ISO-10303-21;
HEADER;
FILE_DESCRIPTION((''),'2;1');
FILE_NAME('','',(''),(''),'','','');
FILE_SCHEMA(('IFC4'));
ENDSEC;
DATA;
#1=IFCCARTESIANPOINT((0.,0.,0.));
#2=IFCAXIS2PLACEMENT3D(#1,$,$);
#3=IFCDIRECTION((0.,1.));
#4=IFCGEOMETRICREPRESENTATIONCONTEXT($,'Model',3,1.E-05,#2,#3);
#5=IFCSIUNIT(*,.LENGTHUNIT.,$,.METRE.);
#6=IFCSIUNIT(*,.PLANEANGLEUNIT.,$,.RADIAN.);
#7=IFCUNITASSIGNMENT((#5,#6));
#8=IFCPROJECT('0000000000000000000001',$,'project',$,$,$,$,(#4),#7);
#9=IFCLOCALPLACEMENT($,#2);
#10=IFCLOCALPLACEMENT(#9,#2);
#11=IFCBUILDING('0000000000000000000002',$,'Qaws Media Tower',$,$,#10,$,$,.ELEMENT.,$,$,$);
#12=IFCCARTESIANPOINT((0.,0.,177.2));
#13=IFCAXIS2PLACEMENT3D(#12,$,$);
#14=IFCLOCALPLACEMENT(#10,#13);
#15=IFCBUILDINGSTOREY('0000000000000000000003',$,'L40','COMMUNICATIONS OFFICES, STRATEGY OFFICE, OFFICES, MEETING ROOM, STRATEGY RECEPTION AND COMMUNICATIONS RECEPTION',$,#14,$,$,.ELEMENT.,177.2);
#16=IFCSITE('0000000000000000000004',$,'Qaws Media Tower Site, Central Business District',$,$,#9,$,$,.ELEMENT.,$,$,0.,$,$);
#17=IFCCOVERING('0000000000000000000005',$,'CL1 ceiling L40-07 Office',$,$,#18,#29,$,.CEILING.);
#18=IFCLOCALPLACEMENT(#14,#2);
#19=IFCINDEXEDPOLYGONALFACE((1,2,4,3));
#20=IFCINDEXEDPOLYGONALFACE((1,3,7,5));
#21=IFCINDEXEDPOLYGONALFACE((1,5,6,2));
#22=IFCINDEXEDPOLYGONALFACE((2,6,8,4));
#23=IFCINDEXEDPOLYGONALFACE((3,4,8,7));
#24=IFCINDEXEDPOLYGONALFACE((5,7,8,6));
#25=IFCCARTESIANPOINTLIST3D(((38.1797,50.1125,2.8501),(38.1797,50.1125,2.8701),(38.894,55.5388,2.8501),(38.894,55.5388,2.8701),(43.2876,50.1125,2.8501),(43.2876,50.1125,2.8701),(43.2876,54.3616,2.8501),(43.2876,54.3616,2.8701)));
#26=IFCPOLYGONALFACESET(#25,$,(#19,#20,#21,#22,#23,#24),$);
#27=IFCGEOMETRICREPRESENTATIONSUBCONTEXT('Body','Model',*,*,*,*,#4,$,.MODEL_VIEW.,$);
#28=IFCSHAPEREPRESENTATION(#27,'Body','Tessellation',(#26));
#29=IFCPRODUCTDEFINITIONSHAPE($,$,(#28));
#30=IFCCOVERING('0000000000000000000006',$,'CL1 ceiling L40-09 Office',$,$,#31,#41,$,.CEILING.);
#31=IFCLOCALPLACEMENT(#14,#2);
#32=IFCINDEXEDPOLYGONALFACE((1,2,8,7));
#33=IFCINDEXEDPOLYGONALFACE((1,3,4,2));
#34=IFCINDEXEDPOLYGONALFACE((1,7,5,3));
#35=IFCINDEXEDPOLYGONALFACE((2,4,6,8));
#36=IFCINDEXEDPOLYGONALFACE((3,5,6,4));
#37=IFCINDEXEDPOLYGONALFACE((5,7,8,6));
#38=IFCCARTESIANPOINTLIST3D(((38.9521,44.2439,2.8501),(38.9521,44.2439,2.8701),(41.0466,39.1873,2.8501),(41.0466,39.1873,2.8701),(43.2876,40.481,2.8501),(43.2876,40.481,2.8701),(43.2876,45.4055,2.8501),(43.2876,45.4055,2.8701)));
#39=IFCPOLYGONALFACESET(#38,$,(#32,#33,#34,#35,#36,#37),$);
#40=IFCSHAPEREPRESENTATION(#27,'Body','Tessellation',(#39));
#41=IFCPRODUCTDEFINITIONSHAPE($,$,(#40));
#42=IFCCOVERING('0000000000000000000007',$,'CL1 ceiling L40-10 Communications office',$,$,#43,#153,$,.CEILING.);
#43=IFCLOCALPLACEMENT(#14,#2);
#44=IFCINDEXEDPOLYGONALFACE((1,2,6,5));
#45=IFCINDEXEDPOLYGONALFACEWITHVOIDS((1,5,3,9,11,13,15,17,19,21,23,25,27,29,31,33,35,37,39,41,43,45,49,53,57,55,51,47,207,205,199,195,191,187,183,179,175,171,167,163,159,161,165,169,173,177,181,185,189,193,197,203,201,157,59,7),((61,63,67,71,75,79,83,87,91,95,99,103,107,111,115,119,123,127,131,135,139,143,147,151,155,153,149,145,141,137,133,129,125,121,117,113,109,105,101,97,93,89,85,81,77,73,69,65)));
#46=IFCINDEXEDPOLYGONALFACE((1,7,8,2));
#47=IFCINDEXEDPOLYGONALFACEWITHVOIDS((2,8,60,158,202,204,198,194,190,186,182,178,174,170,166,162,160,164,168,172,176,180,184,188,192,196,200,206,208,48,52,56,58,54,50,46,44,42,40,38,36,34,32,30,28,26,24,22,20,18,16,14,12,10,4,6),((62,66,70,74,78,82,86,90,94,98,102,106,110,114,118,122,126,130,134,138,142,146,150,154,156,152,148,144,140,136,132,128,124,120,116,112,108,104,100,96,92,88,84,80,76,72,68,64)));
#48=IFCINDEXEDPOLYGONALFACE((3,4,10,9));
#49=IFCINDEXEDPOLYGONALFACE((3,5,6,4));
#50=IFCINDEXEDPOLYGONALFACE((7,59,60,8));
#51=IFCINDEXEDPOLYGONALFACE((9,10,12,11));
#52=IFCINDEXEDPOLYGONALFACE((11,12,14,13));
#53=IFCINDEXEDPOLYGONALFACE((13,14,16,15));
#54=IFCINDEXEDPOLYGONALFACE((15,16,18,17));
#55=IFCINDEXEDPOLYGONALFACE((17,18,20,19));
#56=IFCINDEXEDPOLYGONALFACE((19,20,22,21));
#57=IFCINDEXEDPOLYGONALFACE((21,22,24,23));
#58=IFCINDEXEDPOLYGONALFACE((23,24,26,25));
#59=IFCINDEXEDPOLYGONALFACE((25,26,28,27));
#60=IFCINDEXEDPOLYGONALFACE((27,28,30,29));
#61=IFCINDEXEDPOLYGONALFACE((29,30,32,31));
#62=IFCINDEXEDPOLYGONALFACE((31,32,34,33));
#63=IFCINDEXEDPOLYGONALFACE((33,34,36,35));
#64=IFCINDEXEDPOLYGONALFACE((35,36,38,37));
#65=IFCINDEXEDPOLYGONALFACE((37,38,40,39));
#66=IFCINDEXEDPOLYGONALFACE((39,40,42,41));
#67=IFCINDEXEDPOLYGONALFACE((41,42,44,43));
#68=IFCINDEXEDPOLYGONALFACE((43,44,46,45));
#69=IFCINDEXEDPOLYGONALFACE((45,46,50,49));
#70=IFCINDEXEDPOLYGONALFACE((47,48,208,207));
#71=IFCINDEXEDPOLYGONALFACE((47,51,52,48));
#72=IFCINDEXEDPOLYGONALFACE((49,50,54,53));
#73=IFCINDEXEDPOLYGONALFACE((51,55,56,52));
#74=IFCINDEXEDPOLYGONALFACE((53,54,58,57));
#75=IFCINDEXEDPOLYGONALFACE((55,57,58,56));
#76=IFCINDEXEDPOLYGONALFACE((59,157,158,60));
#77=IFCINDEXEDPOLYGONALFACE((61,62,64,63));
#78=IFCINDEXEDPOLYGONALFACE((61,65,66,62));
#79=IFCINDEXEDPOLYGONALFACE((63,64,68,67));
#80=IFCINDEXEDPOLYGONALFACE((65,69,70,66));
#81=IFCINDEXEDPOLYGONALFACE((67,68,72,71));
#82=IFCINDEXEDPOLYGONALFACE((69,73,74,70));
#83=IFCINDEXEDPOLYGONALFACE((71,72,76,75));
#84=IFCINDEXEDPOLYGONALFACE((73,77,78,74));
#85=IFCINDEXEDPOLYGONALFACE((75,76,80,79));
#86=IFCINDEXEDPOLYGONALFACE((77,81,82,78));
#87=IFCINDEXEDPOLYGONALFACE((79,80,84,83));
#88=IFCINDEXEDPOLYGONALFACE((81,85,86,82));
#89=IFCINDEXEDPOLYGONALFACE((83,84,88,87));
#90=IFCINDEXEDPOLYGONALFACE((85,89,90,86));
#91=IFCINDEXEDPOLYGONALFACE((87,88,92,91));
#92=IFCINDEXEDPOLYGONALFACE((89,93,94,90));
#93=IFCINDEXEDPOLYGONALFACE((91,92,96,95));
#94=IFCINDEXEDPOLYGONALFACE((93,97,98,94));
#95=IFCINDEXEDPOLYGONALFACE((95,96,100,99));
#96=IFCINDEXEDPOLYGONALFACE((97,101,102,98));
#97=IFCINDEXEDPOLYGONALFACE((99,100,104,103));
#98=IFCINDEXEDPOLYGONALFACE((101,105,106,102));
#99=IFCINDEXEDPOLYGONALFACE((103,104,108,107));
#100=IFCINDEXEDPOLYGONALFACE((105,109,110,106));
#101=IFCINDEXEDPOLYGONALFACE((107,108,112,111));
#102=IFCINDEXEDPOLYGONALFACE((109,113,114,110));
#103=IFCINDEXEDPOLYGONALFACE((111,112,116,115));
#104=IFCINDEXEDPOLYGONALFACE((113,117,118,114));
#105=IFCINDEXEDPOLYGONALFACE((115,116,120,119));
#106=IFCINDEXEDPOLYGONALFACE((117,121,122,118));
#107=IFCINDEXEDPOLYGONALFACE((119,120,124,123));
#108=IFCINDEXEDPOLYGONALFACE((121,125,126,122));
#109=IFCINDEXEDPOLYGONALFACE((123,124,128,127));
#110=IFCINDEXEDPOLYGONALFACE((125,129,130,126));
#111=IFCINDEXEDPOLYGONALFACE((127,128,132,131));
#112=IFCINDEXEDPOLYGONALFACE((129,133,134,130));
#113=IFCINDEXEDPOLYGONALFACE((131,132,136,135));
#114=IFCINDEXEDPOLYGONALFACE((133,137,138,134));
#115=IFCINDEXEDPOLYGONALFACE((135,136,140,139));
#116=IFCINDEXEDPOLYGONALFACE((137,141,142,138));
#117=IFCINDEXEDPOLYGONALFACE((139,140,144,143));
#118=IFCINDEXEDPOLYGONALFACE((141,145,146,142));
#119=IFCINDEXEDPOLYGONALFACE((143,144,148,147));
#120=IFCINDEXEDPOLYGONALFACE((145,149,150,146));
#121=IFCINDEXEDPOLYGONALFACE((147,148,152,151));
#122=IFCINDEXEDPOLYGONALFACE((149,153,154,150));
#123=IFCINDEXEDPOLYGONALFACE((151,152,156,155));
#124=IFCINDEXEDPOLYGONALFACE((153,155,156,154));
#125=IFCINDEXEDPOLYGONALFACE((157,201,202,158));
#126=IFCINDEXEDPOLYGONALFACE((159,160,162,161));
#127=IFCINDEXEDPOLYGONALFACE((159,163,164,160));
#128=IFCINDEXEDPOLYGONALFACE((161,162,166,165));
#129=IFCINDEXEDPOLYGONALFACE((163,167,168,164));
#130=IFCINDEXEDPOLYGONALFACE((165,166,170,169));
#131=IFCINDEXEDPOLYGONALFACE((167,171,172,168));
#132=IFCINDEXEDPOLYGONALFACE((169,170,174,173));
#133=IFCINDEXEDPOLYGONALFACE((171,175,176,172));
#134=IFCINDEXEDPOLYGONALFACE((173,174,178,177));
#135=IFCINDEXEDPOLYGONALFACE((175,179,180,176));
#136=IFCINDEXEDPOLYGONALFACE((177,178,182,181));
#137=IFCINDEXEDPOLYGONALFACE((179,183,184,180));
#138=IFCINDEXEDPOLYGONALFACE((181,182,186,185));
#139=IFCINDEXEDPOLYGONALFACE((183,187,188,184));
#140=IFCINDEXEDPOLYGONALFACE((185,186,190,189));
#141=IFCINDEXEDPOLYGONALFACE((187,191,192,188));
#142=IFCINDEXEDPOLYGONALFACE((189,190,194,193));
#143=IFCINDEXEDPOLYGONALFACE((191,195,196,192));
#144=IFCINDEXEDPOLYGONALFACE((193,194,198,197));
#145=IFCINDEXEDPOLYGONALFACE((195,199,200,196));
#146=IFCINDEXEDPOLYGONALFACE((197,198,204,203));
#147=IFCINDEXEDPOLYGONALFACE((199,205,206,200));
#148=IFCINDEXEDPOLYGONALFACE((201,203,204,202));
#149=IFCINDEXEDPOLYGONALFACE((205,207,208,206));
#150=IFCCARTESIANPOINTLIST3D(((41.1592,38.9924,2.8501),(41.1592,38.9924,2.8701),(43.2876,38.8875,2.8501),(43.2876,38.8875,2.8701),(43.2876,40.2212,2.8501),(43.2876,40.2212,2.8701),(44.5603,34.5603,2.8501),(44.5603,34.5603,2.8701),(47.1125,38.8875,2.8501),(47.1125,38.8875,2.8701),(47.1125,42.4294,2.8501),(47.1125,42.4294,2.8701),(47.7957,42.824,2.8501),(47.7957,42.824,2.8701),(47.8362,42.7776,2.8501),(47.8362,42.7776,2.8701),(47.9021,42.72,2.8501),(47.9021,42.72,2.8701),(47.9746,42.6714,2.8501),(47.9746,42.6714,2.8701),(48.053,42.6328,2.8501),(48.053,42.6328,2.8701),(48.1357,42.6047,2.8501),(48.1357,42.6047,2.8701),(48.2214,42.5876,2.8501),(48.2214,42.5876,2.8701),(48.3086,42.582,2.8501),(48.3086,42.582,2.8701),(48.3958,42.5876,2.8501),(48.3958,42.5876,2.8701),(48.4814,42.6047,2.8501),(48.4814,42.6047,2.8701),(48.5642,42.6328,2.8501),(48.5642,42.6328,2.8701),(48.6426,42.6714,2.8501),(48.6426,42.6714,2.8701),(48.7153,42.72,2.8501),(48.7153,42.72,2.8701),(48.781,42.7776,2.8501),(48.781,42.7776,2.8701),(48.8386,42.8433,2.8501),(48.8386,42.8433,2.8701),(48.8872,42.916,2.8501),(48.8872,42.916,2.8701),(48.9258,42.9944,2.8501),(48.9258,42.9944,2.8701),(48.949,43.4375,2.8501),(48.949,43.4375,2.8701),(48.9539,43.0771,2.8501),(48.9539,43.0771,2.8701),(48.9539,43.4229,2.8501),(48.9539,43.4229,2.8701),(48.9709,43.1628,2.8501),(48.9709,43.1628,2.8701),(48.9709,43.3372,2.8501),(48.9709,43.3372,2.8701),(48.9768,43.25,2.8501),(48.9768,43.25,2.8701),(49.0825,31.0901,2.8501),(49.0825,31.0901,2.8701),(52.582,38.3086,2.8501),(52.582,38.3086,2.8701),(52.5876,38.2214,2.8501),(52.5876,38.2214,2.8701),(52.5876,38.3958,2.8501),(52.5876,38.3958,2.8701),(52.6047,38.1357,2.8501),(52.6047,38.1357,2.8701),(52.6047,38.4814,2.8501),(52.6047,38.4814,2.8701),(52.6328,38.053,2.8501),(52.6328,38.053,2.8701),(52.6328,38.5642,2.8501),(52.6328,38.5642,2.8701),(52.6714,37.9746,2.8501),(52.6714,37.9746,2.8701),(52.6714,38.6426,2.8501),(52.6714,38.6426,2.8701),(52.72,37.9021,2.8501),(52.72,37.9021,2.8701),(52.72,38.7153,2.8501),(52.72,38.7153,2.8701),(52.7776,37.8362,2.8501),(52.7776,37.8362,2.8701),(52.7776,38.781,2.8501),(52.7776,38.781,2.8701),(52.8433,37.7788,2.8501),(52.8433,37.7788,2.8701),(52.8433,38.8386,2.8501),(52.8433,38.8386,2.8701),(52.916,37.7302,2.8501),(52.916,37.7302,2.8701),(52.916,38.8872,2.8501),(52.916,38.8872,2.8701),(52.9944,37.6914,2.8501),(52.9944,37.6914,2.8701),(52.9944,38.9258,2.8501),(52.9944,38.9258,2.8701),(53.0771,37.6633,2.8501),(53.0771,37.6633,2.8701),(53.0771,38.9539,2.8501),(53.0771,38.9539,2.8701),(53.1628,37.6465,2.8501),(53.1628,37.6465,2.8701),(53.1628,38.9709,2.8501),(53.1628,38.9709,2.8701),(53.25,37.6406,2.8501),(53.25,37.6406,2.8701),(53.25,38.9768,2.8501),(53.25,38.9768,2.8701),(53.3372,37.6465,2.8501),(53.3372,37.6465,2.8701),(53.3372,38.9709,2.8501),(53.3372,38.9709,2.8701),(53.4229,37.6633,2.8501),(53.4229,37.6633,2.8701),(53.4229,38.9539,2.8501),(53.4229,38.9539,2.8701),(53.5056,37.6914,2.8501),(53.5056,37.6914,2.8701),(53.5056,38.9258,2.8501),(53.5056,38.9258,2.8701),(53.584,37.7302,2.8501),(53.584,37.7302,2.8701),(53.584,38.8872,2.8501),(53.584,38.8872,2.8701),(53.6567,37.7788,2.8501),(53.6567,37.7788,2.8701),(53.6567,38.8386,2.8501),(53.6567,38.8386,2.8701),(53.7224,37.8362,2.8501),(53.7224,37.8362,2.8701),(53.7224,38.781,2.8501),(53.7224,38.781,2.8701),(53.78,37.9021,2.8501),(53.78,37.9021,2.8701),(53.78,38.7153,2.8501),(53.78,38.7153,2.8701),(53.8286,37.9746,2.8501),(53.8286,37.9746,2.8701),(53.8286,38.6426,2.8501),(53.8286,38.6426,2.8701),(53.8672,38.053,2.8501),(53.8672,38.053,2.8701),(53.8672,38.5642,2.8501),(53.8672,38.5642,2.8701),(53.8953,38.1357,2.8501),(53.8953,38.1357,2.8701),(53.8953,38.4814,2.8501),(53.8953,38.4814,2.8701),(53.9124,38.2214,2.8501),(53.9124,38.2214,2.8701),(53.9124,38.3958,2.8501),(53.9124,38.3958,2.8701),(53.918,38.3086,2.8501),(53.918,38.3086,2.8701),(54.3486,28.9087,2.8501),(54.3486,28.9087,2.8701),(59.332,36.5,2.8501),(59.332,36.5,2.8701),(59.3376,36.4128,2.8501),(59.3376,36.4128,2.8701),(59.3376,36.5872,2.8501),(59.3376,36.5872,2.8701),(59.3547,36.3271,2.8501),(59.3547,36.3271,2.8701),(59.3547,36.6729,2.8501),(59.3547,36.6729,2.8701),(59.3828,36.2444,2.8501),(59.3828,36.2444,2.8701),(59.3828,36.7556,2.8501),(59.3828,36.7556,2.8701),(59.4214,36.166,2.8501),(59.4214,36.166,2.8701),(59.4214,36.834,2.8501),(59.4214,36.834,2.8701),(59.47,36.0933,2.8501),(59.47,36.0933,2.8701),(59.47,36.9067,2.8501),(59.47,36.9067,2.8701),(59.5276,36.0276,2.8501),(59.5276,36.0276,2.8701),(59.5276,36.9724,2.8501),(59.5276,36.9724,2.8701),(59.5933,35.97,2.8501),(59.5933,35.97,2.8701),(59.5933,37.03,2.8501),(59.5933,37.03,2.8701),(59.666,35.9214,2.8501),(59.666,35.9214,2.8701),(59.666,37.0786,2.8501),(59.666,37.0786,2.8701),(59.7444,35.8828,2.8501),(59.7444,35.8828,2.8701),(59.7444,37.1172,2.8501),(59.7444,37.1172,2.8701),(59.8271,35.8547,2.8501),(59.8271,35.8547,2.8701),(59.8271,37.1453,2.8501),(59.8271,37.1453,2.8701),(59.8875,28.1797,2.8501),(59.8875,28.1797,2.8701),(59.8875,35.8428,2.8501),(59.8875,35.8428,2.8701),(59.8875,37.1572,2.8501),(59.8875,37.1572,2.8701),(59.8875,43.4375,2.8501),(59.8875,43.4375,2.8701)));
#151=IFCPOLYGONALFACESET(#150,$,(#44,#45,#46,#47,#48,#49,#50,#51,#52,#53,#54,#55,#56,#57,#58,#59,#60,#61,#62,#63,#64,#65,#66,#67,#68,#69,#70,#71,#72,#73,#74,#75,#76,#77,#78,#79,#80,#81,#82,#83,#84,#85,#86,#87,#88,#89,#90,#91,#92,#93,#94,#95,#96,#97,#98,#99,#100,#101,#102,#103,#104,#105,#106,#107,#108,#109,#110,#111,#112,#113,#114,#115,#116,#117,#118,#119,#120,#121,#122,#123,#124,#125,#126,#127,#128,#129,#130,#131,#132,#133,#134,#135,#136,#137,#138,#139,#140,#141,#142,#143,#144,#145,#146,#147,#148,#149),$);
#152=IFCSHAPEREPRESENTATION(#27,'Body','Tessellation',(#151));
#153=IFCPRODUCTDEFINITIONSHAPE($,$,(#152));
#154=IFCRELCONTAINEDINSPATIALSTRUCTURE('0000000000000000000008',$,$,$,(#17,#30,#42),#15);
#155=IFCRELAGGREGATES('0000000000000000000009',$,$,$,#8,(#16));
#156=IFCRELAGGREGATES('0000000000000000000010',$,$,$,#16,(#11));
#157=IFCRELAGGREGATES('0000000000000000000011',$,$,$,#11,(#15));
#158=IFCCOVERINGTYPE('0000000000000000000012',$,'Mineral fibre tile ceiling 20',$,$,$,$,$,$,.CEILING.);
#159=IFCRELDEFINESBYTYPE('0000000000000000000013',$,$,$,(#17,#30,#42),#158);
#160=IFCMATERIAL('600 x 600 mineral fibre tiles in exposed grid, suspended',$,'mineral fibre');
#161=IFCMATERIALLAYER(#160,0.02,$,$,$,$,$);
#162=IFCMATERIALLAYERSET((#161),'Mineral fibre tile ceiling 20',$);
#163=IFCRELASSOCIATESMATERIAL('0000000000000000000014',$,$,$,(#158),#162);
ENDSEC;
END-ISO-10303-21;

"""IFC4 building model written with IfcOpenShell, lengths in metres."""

from ifc_helpers import new_model, si_unit, direction, frame, origin, place, context, subcontext, project, spatial, polyline, outline, extrude, material, layer, layer_set, type_object, element, save


model = new_model("IFC4")

# Units and contexts
model_context = context("Model", 3, precision=1e-05, world=origin(), true_north=direction((0.0, 1.0)))
body_context = subcontext(model_context, "Body", "Model", "MODEL_VIEW")
ifc_project = project(units=[si_unit("LENGTHUNIT", "METRE"), si_unit("PLANEANGLEUNIT", "RADIAN")], contexts=[model_context])

# Site, building, storey
site_placement = place(None, origin())
site = spatial("IfcSite", under=ifc_project, at=site_placement, Name="Qaws Media Tower Site, Central Business District", CompositionType="ELEMENT", RefElevation=0.0)
building_placement = place(site_placement, origin())
building = spatial("IfcBuilding", under=site, at=building_placement, Name="Qaws Media Tower", CompositionType="ELEMENT")
storey_placement = place(building_placement, frame((0.0, 0.0, 177.2)))
storey = spatial("IfcBuildingStorey", under=building, at=storey_placement, Name="L40", Description="COMMUNICATIONS OFFICES, STRATEGY OFFICE, OFFICES, MEETING ROOM, STRATEGY RECEPTION AND COMMUNICATIONS RECEPTION", CompositionType="ELEMENT", Elevation=177.2)

# Coverings
ifc_material_1 = material(Name="600 x 600 mineral fibre tiles in exposed grid, suspended", Category="mineral fibre")
ifc_layer_1 = layer(ifc_material_1, 0.02)
ifc_layer_set_1 = layer_set([ifc_layer_1], Name="Mineral fibre tile ceiling 20")
covering_type_1 = type_object("IfcCoveringType", Name="Mineral fibre tile ceiling 20", PredefinedType="CEILING", material=ifc_layer_set_1)
covering_1_placement = place(storey_placement, frame((0.0, 0.0, 2.8501)))
element("IfcCovering", 1, at=covering_1_placement, inside=storey, type_object=covering_type_1, Name="CL1 ceiling L40-07 Office", PredefinedType="CEILING", context=body_context, shape_type="SweptSolid", body=[
    extrude(outline(polyline([(38.894, 55.5388), (43.2876, 54.3616), (43.2876, 50.1125), (38.1797, 50.1125), (38.894, 55.5388)])), origin(), (0.0, 0.0, 1.0), 0.02),
])
covering_2_placement = place(storey_placement, frame((0.0, 0.0, 2.8501)))
element("IfcCovering", 2, at=covering_2_placement, inside=storey, type_object=covering_type_1, Name="CL1 ceiling L40-09 Office", PredefinedType="CEILING", context=body_context, shape_type="SweptSolid", body=[
    extrude(outline(polyline([(38.9521, 44.2439), (43.2876, 45.4055), (43.2876, 40.481), (41.0466, 39.1873), (38.9521, 44.2439)])), origin(), (0.0, 0.0, 1.0), 0.02),
])
covering_3_placement = place(storey_placement, frame((0.0, 0.0, 2.8501)))
element("IfcCovering", 3, at=covering_3_placement, inside=storey, type_object=covering_type_1, Name="CL1 ceiling L40-10 Communications office", PredefinedType="CEILING", context=body_context, shape_type="SweptSolid", body=[
    extrude(outline(polyline([(54.3486, 28.9087), (49.0825, 31.0901), (44.5603, 34.5603), (41.1592, 38.9924), (43.2876, 40.2212), (43.2876, 38.8875), (47.1125, 38.8875), (47.1125, 42.4294), (47.7957, 42.824), (47.8362, 42.7776), (47.9021, 42.72), (47.9746, 42.6714), (48.053, 42.6328), (48.1357, 42.6047), (48.2214, 42.5876), (48.3086, 42.582), (48.3958, 42.5876), (48.4814, 42.6047), (48.5642, 42.6328), (48.6426, 42.6714), (48.7153, 42.72), (48.781, 42.7776), (48.8386, 42.8433), (48.8872, 42.916), (48.9258, 42.9944), (48.9539, 43.0771), (48.9709, 43.1628), (48.9768, 43.25), (48.9709, 43.3372), (48.9539, 43.4229), (48.949, 43.4375), (59.8875, 43.4375), (59.8875, 37.1572), (59.8271, 37.1453), (59.7444, 37.1172), (59.666, 37.0786), (59.5933, 37.03), (59.5276, 36.9724), (59.47, 36.9067), (59.4214, 36.834), (59.3828, 36.7556), (59.3547, 36.6729), (59.3376, 36.5872), (59.332, 36.5), (59.3376, 36.4128), (59.3547, 36.3271), (59.3828, 36.2444), (59.4214, 36.166), (59.47, 36.0933), (59.5276, 36.0276), (59.5933, 35.97), (59.666, 35.9214), (59.7444, 35.8828), (59.8271, 35.8547), (59.8875, 35.8428), (59.8875, 28.1797), (54.3486, 28.9087)]), holes=[polyline([(53.8953, 38.1357), (53.9124, 38.2214), (53.918, 38.3086), (53.9124, 38.3958), (53.8953, 38.4814), (53.8672, 38.5642), (53.8286, 38.6426), (53.78, 38.7153), (53.7224, 38.781), (53.6567, 38.8386), (53.584, 38.8872), (53.5056, 38.9258), (53.4229, 38.9539), (53.3372, 38.9709), (53.25, 38.9768), (53.1628, 38.9709), (53.0771, 38.9539), (52.9944, 38.9258), (52.916, 38.8872), (52.8433, 38.8386), (52.7776, 38.781), (52.72, 38.7153), (52.6714, 38.6426), (52.6328, 38.5642), (52.6047, 38.4814), (52.5876, 38.3958), (52.582, 38.3086), (52.5876, 38.2214), (52.6047, 38.1357), (52.6328, 38.053), (52.6714, 37.9746), (52.72, 37.9021), (52.7776, 37.8362), (52.8433, 37.7788), (52.916, 37.7302), (52.9944, 37.6914), (53.0771, 37.6633), (53.1628, 37.6465), (53.25, 37.6406), (53.3372, 37.6465), (53.4229, 37.6633), (53.5056, 37.6914), (53.584, 37.7302), (53.6567, 37.7788), (53.7224, 37.8362), (53.78, 37.9021), (53.8286, 37.9746), (53.8672, 38.053), (53.8953, 38.1357)])]), origin(), (0.0, 0.0, 1.0), 0.02),
])

save(model, "model.ifc")
